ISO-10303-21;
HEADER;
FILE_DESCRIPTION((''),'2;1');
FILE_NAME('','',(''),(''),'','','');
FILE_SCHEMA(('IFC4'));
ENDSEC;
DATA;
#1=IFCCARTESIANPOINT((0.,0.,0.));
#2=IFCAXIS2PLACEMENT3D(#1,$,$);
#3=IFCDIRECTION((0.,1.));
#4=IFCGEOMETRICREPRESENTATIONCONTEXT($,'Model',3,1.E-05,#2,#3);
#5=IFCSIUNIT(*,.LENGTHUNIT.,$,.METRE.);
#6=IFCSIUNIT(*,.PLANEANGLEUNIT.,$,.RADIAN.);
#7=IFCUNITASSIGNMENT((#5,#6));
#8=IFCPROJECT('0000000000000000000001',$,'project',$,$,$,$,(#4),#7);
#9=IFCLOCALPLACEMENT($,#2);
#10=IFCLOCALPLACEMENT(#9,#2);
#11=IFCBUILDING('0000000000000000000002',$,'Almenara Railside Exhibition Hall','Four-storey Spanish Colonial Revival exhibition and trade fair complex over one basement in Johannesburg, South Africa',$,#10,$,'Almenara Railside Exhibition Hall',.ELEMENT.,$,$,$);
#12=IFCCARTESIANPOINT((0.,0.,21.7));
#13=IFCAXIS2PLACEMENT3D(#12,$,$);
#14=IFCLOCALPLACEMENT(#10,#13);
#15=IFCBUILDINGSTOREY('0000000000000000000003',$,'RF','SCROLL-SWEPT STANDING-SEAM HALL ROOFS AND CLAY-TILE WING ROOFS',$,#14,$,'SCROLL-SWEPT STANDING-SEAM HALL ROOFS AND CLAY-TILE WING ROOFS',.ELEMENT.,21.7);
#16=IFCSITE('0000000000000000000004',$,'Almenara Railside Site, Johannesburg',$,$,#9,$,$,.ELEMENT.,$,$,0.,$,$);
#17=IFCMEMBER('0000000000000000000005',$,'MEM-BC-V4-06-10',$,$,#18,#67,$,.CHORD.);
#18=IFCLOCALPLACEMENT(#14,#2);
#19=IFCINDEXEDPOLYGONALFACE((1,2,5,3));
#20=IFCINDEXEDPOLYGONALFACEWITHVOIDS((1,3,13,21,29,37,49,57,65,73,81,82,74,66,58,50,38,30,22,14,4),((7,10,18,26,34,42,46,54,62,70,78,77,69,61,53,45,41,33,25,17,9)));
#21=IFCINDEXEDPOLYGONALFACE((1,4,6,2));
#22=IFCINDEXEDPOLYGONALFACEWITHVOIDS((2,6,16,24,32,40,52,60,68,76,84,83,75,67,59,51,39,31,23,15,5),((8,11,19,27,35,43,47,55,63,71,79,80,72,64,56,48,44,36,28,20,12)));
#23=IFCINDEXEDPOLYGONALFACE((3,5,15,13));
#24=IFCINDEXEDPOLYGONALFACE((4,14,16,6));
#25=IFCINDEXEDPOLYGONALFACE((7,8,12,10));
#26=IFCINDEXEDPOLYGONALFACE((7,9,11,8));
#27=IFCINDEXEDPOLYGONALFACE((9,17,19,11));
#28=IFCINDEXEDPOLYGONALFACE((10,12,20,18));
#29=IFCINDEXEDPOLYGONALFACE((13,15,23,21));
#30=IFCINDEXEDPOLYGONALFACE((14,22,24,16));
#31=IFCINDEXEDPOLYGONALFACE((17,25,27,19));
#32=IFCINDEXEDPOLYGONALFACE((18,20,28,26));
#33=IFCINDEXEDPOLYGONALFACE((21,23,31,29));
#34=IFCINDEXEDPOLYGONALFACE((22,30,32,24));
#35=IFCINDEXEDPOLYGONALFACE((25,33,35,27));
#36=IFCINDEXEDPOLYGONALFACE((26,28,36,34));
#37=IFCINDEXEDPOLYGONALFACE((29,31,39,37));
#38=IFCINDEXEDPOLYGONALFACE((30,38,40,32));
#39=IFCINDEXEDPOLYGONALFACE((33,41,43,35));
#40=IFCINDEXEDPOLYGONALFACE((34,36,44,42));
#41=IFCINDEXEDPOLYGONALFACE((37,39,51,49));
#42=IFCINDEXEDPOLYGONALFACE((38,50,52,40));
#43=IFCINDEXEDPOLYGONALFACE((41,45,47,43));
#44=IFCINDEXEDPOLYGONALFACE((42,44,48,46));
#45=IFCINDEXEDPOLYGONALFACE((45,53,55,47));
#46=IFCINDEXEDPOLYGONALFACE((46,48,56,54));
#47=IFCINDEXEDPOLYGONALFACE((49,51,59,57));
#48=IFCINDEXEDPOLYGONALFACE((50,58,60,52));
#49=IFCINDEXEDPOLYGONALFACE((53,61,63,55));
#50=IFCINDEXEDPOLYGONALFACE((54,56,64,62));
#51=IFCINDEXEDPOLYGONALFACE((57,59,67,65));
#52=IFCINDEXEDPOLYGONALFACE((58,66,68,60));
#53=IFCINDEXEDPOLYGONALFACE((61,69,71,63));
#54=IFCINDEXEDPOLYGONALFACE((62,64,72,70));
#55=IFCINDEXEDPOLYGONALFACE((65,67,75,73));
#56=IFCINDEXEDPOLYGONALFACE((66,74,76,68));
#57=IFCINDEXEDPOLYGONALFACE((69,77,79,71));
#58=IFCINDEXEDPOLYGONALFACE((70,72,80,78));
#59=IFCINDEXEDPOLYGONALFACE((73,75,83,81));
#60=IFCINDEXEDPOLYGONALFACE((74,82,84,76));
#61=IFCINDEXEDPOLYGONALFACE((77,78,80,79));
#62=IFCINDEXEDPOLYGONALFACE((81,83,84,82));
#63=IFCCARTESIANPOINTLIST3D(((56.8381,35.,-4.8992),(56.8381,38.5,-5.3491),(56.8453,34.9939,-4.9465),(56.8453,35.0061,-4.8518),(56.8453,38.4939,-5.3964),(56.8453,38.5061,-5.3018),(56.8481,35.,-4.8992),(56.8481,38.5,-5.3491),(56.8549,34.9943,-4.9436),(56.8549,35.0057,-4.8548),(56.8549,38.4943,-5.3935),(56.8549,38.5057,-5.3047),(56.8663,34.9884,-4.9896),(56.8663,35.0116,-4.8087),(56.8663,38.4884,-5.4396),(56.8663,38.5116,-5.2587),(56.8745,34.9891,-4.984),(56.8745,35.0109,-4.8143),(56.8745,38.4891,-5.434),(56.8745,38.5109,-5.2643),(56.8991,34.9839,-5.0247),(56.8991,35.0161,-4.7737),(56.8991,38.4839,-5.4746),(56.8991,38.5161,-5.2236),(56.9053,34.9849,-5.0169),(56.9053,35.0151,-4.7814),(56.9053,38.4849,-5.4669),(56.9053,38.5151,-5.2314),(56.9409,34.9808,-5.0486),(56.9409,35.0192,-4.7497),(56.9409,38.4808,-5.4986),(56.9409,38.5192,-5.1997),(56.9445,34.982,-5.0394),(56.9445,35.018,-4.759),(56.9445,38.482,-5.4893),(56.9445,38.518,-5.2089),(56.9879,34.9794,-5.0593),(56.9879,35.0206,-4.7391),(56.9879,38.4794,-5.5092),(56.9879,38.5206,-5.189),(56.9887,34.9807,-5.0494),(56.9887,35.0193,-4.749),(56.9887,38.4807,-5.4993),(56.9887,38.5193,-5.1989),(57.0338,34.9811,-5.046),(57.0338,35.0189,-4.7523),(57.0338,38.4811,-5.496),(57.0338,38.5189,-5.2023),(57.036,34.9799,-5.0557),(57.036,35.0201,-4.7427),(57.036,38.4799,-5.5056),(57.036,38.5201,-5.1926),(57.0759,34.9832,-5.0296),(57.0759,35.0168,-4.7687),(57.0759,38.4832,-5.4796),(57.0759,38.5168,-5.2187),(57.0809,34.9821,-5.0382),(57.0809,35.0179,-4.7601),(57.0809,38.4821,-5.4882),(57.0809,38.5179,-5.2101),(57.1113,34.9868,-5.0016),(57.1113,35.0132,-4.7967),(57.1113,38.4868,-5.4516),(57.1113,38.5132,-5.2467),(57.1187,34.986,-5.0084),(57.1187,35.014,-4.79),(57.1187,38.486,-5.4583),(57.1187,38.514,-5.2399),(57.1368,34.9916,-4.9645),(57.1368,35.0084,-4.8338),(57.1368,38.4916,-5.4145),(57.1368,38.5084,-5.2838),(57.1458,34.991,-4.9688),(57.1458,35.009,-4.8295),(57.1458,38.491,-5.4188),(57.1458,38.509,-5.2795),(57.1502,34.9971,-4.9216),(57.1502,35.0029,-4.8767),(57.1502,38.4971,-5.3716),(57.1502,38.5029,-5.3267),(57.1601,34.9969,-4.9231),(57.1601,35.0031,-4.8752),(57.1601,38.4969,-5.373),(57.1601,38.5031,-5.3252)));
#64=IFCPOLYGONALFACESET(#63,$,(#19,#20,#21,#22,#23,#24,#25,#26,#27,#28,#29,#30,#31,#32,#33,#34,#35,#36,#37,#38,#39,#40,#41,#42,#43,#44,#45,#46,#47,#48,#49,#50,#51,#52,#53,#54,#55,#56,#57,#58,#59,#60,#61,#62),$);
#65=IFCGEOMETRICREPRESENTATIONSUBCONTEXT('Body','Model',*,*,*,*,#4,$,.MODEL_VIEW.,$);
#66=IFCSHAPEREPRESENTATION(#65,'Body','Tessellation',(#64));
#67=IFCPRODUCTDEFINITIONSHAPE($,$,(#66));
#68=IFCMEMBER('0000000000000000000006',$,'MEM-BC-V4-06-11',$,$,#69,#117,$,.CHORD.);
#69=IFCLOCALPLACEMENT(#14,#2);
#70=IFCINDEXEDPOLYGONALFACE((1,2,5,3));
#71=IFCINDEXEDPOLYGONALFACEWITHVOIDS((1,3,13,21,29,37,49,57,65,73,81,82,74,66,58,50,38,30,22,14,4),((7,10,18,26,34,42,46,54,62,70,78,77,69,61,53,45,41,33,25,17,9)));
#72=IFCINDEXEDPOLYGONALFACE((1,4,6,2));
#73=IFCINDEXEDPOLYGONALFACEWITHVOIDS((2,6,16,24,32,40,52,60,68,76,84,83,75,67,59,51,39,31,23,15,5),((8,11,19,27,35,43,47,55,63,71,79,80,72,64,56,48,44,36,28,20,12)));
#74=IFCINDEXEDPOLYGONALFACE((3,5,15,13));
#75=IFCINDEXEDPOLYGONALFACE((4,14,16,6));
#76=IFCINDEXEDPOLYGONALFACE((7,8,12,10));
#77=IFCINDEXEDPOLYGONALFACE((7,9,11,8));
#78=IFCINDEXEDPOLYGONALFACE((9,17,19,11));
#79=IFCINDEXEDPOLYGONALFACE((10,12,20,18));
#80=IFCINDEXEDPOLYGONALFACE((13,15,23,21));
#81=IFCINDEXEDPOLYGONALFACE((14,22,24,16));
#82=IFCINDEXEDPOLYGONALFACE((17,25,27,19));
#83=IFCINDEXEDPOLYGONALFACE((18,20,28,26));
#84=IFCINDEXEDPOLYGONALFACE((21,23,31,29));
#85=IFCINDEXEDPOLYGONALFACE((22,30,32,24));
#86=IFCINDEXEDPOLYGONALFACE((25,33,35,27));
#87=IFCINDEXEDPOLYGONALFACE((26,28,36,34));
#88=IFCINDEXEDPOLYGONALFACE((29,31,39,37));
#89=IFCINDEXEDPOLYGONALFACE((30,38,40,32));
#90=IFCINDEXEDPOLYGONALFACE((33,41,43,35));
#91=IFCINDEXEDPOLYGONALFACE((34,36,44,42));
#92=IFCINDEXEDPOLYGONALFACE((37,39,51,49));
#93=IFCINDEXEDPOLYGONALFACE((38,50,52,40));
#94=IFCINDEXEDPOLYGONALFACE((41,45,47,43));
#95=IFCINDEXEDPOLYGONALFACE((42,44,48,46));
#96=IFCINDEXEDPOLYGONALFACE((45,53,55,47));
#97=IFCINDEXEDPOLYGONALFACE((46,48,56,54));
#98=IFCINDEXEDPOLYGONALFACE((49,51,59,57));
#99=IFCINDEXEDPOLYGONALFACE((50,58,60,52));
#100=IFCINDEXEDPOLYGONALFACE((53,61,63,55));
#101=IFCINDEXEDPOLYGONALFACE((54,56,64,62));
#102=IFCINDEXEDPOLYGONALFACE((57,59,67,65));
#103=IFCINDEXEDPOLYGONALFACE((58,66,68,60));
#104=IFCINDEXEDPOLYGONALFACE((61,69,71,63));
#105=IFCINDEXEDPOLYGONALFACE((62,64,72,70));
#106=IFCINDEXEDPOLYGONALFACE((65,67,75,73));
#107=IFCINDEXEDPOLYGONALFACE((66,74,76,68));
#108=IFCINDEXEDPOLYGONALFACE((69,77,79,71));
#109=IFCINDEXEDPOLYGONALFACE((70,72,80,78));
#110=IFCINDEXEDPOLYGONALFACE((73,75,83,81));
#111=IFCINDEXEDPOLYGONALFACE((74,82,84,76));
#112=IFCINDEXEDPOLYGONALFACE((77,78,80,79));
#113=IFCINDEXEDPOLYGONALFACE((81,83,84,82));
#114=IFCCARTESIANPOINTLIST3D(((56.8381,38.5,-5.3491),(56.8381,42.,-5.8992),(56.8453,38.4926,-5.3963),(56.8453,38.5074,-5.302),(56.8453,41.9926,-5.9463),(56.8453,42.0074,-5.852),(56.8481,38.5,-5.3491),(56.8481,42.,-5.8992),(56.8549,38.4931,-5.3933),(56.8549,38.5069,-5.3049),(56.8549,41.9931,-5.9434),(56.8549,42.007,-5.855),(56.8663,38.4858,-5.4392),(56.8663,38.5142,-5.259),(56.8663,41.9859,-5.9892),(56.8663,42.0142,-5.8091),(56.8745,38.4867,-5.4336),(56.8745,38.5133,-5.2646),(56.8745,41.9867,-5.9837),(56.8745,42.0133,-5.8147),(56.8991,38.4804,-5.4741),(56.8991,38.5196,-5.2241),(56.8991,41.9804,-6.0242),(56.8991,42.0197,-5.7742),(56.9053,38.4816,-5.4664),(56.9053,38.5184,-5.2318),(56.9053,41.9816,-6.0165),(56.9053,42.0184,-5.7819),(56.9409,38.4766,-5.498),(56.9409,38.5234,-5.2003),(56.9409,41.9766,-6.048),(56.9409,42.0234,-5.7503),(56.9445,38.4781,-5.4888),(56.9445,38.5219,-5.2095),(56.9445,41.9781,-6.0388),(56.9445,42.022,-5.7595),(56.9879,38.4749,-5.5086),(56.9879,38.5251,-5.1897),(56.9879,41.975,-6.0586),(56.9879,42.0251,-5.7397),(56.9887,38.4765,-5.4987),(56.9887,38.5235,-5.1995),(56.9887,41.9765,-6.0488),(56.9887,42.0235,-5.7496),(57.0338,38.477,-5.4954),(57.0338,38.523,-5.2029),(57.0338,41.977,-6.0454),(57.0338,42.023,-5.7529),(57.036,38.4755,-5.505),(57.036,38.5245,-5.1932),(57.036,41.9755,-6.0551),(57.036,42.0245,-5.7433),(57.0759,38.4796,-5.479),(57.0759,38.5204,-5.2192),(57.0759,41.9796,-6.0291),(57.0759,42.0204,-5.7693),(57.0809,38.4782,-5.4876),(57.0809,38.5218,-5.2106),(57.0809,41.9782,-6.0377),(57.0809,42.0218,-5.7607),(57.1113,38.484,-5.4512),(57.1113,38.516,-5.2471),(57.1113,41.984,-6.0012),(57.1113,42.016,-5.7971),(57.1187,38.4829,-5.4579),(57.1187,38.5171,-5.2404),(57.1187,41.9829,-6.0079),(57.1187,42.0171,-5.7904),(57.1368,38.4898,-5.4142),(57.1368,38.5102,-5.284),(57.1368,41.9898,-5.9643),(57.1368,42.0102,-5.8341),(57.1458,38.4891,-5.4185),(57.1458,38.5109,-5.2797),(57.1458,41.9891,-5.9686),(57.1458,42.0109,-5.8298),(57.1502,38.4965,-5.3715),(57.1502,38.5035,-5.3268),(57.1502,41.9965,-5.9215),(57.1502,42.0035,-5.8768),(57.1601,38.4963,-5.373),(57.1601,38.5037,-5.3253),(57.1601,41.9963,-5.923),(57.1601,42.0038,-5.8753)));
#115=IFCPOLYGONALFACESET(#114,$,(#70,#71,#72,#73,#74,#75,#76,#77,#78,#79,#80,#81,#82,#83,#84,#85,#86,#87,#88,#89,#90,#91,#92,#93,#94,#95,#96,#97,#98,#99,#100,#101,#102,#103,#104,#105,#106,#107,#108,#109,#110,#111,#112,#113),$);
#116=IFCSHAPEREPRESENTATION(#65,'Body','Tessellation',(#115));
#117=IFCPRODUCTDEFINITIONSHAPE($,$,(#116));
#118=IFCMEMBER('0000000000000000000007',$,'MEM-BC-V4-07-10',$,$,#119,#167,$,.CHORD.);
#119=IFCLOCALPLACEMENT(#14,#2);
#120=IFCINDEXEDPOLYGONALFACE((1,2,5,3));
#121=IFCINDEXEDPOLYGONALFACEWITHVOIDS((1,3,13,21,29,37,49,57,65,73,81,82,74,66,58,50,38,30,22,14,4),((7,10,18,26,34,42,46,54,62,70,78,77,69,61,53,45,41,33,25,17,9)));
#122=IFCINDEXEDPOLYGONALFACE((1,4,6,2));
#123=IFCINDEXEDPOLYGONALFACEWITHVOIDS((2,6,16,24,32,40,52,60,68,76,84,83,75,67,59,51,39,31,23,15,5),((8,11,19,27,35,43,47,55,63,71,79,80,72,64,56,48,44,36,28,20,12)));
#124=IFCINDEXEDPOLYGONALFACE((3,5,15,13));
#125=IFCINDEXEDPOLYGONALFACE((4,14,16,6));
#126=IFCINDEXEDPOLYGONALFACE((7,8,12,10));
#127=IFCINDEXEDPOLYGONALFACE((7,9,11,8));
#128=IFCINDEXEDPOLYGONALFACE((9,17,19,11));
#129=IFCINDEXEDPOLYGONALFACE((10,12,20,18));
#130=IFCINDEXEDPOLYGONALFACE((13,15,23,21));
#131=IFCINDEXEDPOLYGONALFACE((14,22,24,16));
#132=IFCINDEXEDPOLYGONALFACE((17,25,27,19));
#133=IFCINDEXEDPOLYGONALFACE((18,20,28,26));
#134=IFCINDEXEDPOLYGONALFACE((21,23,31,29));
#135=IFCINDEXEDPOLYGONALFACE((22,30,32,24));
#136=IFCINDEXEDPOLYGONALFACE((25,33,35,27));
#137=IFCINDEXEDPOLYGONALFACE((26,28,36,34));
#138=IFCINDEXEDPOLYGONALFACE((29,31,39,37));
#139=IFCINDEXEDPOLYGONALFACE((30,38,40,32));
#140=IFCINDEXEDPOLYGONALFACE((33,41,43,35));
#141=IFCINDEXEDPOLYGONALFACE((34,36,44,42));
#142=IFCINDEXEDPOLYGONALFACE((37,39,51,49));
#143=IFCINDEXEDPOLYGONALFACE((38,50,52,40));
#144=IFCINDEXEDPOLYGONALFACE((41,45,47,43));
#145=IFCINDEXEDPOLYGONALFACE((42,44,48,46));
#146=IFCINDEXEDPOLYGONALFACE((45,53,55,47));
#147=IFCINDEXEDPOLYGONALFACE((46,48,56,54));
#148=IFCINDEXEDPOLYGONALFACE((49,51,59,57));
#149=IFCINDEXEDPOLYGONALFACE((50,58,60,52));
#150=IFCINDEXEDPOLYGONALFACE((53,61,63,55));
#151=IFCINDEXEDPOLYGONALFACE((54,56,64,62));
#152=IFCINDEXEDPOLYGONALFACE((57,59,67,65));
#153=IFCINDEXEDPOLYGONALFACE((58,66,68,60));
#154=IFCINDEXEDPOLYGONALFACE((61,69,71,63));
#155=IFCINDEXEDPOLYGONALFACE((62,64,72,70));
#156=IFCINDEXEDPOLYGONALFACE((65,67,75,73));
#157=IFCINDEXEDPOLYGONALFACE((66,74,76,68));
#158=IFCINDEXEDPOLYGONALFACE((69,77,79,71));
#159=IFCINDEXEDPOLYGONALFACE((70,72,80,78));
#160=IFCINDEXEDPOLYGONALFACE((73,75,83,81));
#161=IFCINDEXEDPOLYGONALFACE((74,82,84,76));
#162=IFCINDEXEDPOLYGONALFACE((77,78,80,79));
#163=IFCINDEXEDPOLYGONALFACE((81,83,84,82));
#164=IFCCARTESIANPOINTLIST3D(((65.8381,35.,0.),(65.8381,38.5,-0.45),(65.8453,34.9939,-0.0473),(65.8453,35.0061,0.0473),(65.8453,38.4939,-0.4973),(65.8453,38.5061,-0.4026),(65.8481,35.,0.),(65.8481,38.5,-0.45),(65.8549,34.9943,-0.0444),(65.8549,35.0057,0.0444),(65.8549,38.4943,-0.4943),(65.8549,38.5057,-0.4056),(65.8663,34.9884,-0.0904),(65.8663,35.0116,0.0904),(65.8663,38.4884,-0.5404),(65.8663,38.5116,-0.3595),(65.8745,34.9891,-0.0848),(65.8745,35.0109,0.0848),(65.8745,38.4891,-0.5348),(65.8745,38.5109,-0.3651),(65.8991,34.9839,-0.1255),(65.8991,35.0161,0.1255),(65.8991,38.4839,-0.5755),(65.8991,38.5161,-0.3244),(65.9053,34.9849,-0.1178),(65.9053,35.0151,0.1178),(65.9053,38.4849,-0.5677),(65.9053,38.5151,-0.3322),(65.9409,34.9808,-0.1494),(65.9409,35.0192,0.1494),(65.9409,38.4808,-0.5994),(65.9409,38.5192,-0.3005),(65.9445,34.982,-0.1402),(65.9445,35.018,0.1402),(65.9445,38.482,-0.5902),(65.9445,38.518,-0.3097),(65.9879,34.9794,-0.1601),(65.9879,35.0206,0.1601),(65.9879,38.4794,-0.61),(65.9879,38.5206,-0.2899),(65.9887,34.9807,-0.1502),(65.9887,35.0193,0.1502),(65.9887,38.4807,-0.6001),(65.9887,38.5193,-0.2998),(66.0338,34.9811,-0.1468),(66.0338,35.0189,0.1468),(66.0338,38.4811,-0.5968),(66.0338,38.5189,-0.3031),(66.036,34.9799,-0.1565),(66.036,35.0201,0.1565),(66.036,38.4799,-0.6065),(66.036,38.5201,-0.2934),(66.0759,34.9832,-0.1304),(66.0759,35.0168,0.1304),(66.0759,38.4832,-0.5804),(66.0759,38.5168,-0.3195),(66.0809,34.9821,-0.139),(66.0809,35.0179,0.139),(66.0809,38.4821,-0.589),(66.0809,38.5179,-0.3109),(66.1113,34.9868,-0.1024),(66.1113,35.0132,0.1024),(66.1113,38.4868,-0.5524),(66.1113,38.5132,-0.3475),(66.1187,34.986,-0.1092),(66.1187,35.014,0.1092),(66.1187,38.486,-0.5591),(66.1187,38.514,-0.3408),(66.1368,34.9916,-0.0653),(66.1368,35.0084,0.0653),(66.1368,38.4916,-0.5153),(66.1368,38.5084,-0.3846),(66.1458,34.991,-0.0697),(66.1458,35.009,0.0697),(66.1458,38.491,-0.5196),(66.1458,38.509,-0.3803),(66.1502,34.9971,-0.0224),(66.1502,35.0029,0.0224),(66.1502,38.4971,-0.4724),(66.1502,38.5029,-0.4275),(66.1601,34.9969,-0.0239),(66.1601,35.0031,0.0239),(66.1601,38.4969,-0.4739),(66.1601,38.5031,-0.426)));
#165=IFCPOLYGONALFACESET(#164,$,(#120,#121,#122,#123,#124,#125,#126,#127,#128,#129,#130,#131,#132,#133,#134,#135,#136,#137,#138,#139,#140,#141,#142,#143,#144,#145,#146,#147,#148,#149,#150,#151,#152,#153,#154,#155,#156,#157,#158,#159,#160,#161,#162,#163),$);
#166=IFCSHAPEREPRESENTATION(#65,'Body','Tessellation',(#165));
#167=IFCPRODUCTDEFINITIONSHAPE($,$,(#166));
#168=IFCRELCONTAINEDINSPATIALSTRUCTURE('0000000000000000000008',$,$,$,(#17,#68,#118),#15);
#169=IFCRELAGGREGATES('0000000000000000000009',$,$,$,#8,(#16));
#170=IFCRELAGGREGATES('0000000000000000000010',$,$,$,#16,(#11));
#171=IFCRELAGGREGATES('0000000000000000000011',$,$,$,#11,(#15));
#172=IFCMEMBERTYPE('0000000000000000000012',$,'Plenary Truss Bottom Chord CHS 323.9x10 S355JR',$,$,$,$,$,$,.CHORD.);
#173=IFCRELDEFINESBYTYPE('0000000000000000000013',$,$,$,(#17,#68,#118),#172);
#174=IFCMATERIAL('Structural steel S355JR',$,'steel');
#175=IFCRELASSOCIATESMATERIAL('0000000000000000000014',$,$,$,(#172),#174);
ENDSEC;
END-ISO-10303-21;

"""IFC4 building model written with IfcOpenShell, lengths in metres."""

from ifc_helpers import new_model, si_unit, direction, frame, origin, origin_2d, place, context, subcontext, project, spatial, hollow_circle, extrude, material, material_profile, profile_set, type_object, element, save


model = new_model("IFC4")

# Units and contexts
model_context = context("Model", 3, precision=1e-05, world=origin(), true_north=direction((0.0, 1.0)))
body_context = subcontext(model_context, "Body", "Model", "MODEL_VIEW")
ifc_project = project(units=[si_unit("LENGTHUNIT", "METRE"), si_unit("PLANEANGLEUNIT", "RADIAN")], contexts=[model_context])

# Site, building, storey
site_placement = place(None, origin())
site = spatial("IfcSite", under=ifc_project, at=site_placement, Name="Almenara Railside Site, Johannesburg", CompositionType="ELEMENT", RefElevation=0.0)
building_placement = place(site_placement, origin())
building = spatial("IfcBuilding", under=site, at=building_placement, Name="Almenara Railside Exhibition Hall", Description="Four-storey Spanish Colonial Revival exhibition and trade fair complex over one basement in Johannesburg, South Africa", LongName="Almenara Railside Exhibition Hall", CompositionType="ELEMENT")
storey_placement = place(building_placement, frame((0.0, 0.0, 21.7)))
storey = spatial("IfcBuildingStorey", under=building, at=storey_placement, Name="RF", Description="SCROLL-SWEPT STANDING-SEAM HALL ROOFS AND CLAY-TILE WING ROOFS", LongName="SCROLL-SWEPT STANDING-SEAM HALL ROOFS AND CLAY-TILE WING ROOFS", CompositionType="ELEMENT", Elevation=21.7)

# Shared definitions
ifc_material_1 = material(Name="Structural steel S355JR", Category="steel")

# Members
ifc_material_profile_1 = material_profile(ifc_material_1, hollow_circle(Radius=0.1619, WallThickness=0.01, at=origin_2d()), Name="CHS 323.9x10")
ifc_profile_set_1 = profile_set([ifc_material_profile_1], Name="Structural steel S355JR")
member_type_1 = type_object("IfcMemberType", Name="Plenary Truss Bottom Chord CHS 323.9x10 S355JR", PredefinedType="CHORD", material=ifc_profile_set_1)
member_1_placement = place(storey_placement, frame((57.0, 35.0, -4.8992), z_axis=(0.0, 0.991838, -0.127508), x_axis=(-1.0, 0.0, 0.0)))
element("IfcMember", 1, at=member_1_placement, inside=storey, type_object=member_type_1, Name="MEM-BC-V4-06-10", PredefinedType="CHORD", context=body_context, shape_type="SweptSolid", body=[
    extrude(hollow_circle(Radius=0.1619, WallThickness=0.01, at=origin_2d()), origin(), (0.0, 0.0, 1.0), 3.5288),
])
member_2_placement = place(storey_placement, frame((57.0, 38.5, -5.3491), z_axis=(0.0, 0.987875, -0.155251), x_axis=(-1.0, 0.0, 0.0)))
element("IfcMember", 2, at=member_2_placement, inside=storey, type_object=member_type_1, Name="MEM-BC-V4-06-11", PredefinedType="CHORD", context=body_context, shape_type="SweptSolid", body=[
    extrude(hollow_circle(Radius=0.1619, WallThickness=0.01, at=origin_2d()), origin(), (0.0, 0.0, 1.0), 3.543),
])
member_3_placement = place(storey_placement, frame((66.0, 35.0, 0.0), z_axis=(0.0, 0.991838, -0.127508), x_axis=(-1.0, 0.0, 0.0)))
element("IfcMember", 3, at=member_3_placement, inside=storey, type_object=member_type_1, Name="MEM-BC-V4-07-10", PredefinedType="CHORD", context=body_context, shape_type="SweptSolid", body=[
    extrude(hollow_circle(Radius=0.1619, WallThickness=0.01, at=origin_2d()), origin(), (0.0, 0.0, 1.0), 3.5288),
])

save(model, "model.ifc")
